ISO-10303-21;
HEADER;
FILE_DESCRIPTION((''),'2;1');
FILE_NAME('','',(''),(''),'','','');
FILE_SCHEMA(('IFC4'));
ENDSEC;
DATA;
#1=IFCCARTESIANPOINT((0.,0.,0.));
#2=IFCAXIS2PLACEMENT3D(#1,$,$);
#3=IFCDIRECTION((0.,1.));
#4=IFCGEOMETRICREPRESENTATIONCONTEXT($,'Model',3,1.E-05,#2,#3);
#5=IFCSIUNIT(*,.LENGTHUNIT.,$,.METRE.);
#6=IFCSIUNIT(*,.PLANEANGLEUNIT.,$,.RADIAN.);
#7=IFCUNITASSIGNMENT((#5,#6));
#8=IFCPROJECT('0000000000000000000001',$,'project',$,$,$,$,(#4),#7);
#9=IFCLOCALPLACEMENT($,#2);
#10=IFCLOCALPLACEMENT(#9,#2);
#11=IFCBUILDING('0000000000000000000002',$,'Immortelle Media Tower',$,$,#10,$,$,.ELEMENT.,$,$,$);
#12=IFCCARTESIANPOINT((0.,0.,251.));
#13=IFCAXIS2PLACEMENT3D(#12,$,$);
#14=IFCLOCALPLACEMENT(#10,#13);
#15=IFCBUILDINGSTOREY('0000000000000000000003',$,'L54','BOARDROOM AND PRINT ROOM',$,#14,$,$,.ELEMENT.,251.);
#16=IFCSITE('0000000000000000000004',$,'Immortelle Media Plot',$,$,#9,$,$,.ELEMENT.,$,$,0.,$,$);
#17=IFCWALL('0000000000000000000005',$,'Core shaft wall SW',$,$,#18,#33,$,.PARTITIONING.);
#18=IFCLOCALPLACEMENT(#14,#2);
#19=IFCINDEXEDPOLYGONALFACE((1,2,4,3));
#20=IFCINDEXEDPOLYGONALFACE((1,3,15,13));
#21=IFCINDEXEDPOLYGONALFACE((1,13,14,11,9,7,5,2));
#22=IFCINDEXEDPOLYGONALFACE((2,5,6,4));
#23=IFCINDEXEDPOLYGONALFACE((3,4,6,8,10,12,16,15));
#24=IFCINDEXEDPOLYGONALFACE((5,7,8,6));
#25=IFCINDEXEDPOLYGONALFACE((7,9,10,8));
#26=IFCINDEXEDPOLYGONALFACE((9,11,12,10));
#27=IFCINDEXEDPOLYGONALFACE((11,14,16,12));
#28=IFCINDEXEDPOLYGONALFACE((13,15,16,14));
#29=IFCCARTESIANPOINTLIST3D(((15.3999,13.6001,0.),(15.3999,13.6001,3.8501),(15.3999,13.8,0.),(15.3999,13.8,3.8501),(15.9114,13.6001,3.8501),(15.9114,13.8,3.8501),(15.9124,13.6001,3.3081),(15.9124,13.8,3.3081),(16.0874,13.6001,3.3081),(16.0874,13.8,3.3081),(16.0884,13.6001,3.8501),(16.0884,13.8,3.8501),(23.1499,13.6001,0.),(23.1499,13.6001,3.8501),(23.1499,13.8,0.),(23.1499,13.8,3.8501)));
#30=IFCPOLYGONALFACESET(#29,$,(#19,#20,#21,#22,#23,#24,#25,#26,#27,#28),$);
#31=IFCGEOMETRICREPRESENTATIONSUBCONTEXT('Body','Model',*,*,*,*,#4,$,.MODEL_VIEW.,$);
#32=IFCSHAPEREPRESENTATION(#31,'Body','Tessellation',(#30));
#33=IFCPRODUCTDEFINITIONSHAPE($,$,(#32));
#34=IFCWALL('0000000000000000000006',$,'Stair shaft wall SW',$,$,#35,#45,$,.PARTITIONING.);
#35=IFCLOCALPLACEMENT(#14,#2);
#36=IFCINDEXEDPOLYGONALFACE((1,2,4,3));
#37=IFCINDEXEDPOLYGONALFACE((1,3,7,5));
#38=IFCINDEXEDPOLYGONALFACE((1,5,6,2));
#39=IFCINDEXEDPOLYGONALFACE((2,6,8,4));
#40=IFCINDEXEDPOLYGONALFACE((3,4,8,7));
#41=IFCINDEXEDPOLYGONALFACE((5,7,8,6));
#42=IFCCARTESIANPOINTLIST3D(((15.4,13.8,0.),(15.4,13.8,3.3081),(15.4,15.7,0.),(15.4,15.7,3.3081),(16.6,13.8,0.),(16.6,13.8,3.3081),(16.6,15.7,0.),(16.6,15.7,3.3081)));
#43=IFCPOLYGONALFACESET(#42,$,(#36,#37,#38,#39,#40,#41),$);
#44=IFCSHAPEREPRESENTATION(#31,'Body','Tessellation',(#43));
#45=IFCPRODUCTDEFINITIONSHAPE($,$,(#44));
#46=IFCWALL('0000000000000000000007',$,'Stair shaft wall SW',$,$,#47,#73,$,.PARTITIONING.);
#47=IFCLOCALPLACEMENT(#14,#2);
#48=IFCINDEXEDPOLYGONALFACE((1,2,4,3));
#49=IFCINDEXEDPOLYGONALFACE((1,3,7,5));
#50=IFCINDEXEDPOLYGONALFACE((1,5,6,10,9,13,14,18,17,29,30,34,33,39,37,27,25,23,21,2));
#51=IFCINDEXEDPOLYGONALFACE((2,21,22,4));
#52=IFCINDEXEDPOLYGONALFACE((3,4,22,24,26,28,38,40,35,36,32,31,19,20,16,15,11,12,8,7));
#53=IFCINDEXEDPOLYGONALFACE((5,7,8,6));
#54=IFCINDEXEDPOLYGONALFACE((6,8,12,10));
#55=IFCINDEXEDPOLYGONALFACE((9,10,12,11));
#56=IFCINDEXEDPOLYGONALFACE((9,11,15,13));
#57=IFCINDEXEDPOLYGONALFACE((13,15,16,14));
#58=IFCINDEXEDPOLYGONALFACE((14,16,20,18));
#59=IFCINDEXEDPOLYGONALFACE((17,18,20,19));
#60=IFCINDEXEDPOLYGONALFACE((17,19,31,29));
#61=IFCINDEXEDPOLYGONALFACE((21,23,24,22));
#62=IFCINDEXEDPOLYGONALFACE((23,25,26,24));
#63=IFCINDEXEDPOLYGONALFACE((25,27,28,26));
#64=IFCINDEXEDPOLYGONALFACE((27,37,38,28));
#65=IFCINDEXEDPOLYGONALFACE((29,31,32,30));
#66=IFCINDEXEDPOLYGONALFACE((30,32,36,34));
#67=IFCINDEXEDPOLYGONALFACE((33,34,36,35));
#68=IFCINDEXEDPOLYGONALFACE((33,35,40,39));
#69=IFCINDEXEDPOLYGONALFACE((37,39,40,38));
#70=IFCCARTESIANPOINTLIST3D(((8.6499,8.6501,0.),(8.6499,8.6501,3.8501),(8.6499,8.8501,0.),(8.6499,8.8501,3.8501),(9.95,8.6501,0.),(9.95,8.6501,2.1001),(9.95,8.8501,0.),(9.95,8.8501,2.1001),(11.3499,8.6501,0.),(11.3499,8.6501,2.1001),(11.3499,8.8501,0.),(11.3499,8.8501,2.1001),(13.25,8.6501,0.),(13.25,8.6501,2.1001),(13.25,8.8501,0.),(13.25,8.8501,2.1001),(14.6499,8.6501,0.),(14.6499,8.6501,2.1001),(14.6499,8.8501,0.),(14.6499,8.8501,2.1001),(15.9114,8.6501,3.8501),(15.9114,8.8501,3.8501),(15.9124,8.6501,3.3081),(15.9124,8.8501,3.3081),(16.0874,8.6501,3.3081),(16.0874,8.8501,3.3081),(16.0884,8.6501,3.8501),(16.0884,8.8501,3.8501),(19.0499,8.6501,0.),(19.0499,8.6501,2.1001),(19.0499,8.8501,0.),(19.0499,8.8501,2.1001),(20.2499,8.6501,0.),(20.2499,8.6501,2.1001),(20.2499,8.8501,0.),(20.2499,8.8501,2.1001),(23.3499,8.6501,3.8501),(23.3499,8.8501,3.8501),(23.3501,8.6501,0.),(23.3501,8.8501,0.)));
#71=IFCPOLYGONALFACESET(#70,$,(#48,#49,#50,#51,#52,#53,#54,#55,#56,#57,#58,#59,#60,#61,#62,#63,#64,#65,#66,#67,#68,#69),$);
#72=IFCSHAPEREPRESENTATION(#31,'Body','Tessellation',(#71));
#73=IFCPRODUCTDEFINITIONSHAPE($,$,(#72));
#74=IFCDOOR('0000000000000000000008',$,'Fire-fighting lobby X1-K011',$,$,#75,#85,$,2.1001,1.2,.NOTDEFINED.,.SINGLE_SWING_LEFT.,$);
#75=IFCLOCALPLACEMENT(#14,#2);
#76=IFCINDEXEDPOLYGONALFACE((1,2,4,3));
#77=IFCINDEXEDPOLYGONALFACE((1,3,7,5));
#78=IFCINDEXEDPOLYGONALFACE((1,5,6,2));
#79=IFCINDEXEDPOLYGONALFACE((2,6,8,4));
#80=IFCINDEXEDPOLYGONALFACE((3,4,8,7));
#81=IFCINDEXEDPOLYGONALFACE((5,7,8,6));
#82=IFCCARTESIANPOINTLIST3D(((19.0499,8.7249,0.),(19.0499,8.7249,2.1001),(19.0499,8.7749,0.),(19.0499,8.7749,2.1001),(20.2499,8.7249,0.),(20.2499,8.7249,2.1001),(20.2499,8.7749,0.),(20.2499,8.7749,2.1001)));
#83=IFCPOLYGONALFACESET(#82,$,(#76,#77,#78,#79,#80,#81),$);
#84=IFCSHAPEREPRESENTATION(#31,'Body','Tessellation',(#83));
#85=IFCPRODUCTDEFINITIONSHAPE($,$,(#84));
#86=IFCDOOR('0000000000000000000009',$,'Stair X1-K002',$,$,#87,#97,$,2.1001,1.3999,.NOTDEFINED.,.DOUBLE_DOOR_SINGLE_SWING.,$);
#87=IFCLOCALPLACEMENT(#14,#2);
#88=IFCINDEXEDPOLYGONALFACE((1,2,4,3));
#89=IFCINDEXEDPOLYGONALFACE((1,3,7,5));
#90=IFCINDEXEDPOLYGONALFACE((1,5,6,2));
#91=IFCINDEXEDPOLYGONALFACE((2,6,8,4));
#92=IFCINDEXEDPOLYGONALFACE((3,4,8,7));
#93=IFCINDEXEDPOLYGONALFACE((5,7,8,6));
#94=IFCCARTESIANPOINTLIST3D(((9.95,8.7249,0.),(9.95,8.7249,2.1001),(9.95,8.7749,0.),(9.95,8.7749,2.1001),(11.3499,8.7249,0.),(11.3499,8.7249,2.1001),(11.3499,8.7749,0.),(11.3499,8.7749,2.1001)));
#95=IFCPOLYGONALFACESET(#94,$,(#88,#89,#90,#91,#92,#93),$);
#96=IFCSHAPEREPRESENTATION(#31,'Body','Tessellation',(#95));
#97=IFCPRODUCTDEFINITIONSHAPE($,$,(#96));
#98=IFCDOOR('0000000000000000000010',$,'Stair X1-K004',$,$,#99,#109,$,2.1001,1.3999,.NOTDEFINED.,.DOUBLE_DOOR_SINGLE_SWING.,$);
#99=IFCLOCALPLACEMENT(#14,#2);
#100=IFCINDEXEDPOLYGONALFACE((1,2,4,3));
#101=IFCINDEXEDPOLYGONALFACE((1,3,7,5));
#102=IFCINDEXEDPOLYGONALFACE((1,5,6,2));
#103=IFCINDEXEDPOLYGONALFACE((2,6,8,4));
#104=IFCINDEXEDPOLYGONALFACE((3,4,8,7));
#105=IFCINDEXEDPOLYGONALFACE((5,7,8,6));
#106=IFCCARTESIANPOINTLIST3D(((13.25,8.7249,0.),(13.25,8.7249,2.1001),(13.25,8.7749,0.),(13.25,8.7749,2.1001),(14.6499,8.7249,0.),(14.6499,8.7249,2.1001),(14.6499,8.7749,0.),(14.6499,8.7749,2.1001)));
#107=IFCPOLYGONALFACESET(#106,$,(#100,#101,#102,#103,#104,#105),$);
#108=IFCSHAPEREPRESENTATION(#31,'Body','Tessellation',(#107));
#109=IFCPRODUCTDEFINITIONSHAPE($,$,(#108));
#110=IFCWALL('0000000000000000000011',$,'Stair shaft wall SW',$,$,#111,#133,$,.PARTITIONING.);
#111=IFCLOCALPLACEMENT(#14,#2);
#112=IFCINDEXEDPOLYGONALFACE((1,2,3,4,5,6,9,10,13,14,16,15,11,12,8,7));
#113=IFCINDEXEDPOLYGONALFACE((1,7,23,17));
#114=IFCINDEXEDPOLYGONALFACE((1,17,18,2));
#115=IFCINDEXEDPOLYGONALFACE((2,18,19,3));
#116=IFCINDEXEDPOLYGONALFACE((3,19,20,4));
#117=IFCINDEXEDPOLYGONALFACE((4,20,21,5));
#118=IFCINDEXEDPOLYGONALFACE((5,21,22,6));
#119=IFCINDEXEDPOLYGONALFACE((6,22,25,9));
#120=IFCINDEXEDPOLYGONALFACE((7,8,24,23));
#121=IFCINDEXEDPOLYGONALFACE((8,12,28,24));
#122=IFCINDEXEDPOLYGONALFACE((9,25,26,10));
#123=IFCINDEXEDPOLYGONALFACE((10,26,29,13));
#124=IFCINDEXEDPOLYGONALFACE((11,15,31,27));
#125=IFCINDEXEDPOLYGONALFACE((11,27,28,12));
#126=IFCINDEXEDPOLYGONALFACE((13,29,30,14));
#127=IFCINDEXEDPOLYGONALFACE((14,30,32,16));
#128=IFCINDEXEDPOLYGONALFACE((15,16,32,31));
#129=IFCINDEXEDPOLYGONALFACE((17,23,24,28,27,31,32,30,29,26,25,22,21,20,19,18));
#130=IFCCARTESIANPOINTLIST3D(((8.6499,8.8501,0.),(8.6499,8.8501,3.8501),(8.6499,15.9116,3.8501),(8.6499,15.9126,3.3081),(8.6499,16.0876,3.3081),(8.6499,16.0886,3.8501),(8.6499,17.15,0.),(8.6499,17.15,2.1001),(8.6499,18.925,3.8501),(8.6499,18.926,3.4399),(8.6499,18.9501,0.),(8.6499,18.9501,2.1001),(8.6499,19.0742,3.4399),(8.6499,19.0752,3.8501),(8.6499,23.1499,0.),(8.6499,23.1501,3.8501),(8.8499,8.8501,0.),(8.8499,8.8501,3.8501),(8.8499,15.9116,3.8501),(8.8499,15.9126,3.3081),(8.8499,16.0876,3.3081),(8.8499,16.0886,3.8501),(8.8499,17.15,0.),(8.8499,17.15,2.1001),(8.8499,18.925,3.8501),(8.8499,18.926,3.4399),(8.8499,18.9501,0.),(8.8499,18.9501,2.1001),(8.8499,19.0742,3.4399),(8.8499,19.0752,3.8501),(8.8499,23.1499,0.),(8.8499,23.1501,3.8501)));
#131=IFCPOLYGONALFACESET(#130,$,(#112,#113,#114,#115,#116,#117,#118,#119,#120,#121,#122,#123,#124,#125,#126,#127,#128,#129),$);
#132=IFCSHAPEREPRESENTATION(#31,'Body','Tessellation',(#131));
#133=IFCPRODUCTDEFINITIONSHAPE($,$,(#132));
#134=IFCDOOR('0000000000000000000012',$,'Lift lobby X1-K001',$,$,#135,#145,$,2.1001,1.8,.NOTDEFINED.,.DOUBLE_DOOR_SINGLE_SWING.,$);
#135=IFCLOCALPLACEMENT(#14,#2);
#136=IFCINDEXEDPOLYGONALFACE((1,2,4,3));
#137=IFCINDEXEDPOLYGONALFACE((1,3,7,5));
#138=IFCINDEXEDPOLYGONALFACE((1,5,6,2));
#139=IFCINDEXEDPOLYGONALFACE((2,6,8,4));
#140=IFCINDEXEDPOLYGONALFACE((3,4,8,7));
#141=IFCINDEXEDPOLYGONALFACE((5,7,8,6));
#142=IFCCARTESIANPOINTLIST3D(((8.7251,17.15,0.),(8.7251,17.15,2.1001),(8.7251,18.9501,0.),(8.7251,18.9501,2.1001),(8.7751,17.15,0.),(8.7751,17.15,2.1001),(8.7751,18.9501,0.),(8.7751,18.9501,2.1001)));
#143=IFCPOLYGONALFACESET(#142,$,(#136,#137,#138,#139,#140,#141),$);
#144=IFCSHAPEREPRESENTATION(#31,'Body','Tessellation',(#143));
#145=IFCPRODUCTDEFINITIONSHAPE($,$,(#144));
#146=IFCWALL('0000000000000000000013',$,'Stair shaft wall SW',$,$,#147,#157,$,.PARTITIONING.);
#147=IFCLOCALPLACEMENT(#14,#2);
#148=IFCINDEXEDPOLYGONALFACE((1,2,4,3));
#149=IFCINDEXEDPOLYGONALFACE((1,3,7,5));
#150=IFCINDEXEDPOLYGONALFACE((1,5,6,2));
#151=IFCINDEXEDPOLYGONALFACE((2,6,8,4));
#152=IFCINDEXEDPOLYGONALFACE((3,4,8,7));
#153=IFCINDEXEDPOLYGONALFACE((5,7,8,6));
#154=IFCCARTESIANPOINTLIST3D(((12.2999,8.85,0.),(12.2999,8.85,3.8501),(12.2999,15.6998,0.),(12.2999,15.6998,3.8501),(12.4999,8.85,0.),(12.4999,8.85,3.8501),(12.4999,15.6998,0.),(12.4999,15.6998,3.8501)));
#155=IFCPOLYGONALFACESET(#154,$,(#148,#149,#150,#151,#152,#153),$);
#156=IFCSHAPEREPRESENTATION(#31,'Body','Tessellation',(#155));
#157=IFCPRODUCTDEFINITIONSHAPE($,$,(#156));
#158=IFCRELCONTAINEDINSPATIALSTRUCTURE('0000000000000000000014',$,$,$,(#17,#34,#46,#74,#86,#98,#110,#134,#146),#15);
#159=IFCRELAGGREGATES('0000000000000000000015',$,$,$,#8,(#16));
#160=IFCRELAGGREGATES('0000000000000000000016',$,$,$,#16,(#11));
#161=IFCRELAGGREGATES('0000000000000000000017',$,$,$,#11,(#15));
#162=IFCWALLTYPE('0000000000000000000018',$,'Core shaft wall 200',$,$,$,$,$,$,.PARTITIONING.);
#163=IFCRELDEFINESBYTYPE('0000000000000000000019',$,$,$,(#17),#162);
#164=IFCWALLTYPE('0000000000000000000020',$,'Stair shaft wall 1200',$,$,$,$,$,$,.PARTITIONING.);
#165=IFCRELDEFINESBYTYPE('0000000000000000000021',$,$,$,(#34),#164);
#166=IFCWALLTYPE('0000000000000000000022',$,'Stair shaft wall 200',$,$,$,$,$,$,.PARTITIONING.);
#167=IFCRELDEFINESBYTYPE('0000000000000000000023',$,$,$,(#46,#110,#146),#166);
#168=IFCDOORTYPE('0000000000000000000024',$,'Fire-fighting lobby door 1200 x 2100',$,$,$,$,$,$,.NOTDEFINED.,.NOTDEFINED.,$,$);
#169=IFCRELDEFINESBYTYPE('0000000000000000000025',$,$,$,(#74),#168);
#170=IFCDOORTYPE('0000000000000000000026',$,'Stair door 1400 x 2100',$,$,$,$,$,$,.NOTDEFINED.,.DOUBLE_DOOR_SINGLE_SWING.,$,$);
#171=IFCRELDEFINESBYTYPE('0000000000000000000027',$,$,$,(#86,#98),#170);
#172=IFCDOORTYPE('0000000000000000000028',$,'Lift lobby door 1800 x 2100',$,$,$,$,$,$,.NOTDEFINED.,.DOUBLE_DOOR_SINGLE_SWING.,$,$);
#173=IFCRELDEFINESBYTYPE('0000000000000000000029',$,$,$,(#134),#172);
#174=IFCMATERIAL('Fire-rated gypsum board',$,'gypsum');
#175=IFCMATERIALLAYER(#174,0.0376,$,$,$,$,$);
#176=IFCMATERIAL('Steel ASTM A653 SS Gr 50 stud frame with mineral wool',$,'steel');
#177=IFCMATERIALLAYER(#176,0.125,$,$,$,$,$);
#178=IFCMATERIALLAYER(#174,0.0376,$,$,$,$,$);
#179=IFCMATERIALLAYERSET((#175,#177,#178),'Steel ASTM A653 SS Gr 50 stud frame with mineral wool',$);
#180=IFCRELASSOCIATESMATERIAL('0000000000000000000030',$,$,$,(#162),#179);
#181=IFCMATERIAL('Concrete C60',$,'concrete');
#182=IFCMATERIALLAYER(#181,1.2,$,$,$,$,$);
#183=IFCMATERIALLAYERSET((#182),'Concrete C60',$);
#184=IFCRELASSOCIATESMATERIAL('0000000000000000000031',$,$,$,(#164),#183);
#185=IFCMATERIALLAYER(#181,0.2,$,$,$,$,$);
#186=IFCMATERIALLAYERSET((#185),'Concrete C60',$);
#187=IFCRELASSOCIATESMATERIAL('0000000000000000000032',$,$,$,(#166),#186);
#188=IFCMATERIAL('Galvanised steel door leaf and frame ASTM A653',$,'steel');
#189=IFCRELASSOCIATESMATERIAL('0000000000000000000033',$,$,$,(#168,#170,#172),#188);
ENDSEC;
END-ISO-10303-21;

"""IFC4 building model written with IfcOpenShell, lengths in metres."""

from ifc_helpers import new_model, si_unit, direction, frame, frame_2d, origin, place, context, subcontext, project, spatial, polyline, rectangle, outline, extrude, material, layer, layer_set, type_object, element, fill, save


model = new_model("IFC4")

# Units and contexts
model_context = context("Model", 3, precision=1e-05, world=origin(), true_north=direction((0.0, 1.0)))
body_context = subcontext(model_context, "Body", "Model", "MODEL_VIEW")
ifc_project = project(units=[si_unit("LENGTHUNIT", "METRE"), si_unit("PLANEANGLEUNIT", "RADIAN")], contexts=[model_context])

# Site, building, storey
site_placement = place(None, origin())
site = spatial("IfcSite", under=ifc_project, at=site_placement, Name="Immortelle Media Plot", CompositionType="ELEMENT", RefElevation=0.0)
building_placement = place(site_placement, origin())
building = spatial("IfcBuilding", under=site, at=building_placement, Name="Immortelle Media Tower", CompositionType="ELEMENT")
storey_placement = place(building_placement, frame((0.0, 0.0, 251.0)))
storey = spatial("IfcBuildingStorey", under=building, at=storey_placement, Name="L54", Description="BOARDROOM AND PRINT ROOM", CompositionType="ELEMENT", Elevation=251.0)

# Shared definitions
ifc_material_1 = material(Name="Fire-rated gypsum board", Category="gypsum")
ifc_layer_1 = layer(ifc_material_1, 0.0376)
ifc_material_2 = material(Name="Steel ASTM A653 SS Gr 50 stud frame with mineral wool", Category="steel")
ifc_layer_2 = layer(ifc_material_2, 0.125)
ifc_layer_3 = layer(ifc_material_1, 0.0376)
ifc_layer_set_1 = layer_set([ifc_layer_1, ifc_layer_2, ifc_layer_3], Name="Steel ASTM A653 SS Gr 50 stud frame with mineral wool")
wall_type_1 = type_object("IfcWallType", Name="Core shaft wall 200", PredefinedType="PARTITIONING", material=ifc_layer_set_1)

# Walls
wall_1_placement = place(storey_placement, frame((15.3999, 13.7, 0.0), z_axis=(0.0, 0.0, 1.0), x_axis=(1.0, 0.0, 0.0)))
element("IfcWall", 1, at=wall_1_placement, inside=storey, type_object=wall_type_1, Name="Core shaft wall SW", PredefinedType="PARTITIONING", context=body_context, shape_type="SweptSolid", body=[
    extrude(outline(polyline([(0.0, 0.0), (7.75, 0.0), (7.75, 3.8501), (0.6885, 3.8501), (0.6875, 3.3081), (0.5125, 3.3081), (0.5115, 3.8501), (0.0, 3.8501), (0.0, 0.0)])), frame((0.0, 0.1001, 0.0), z_axis=(0.0, -1.0, 0.0), x_axis=(1.0, 0.0, 0.0)), (0.0, 0.0, 1.0), 0.2),
])
ifc_material_3 = material(Name="Concrete C60", Category="concrete")
ifc_layer_4 = layer(ifc_material_3, 1.2)
ifc_layer_set_2 = layer_set([ifc_layer_4], Name="Concrete C60")
wall_type_2 = type_object("IfcWallType", Name="Stair shaft wall 1200", PredefinedType="PARTITIONING", material=ifc_layer_set_2)
wall_2_placement = place(storey_placement, frame((16.0, 13.8, 0.0), z_axis=(0.0, 0.0, 1.0), x_axis=(0.0, 1.0, 0.0)))
element("IfcWall", 2, at=wall_2_placement, inside=storey, type_object=wall_type_2, Name="Stair shaft wall SW", PredefinedType="PARTITIONING", context=body_context, shape_type="SweptSolid", body=[
    extrude(rectangle(XDim=1.8999, YDim=1.2, at=frame_2d((0.95, 0.0))), origin(), (0.0, 0.0, 1.0), 3.3081),
])

# Wall, openings, doors
ifc_layer_5 = layer(ifc_material_3, 0.2)
ifc_layer_set_3 = layer_set([ifc_layer_5], Name="Concrete C60")
wall_type_3 = type_object("IfcWallType", Name="Stair shaft wall 200", PredefinedType="PARTITIONING", material=ifc_layer_set_3)
wall_3_placement = place(storey_placement, frame((8.6499, 8.75, 0.0), z_axis=(0.0, 0.0, 1.0), x_axis=(1.0, 0.0, 0.0)))
wall_3 = element("IfcWall", 3, at=wall_3_placement, inside=storey, type_object=wall_type_3, Name="Stair shaft wall SW", PredefinedType="PARTITIONING", context=body_context, shape_type="SweptSolid", body=[
    extrude(outline(polyline([(0.0, 0.0), (14.7002, 0.0), (14.7, 3.8501), (7.4385, 3.8501), (7.4375, 3.3081), (7.2625, 3.3081), (7.2615, 3.8501), (0.0, 3.8501), (0.0, 0.0)])), frame((0.0, 0.1001, 0.0), z_axis=(0.0, -1.0, 0.0), x_axis=(1.0, 0.0, 0.0)), (0.0, 0.0, 1.0), 0.2),
])
opening_1_placement = place(wall_3_placement, frame((1.3, 0.0, 0.0)))
opening_1 = element("IfcOpeningElement", 4, at=opening_1_placement, cuts=wall_3, PredefinedType="OPENING", context=body_context, shape_type="SweptSolid", body=[
    extrude(rectangle(XDim=1.3999, YDim=2.1001, at=frame_2d((0.7, 1.05))), frame((0.0, 0.1099, 0.0), z_axis=(0.0, -1.0, 0.0), x_axis=(1.0, 0.0, 0.0)), (0.0, 0.0, 1.0), 0.22),
])
opening_2_placement = place(wall_3_placement, frame((4.6001, 0.0, 0.0)))
opening_2 = element("IfcOpeningElement", 5, at=opening_2_placement, cuts=wall_3, PredefinedType="OPENING", context=body_context, shape_type="SweptSolid", body=[
    extrude(rectangle(XDim=1.3999, YDim=2.1001, at=frame_2d((0.7, 1.05))), frame((0.0, 0.1099, 0.0), z_axis=(0.0, -1.0, 0.0), x_axis=(1.0, 0.0, 0.0)), (0.0, 0.0, 1.0), 0.22),
])
opening_3_placement = place(wall_3_placement, frame((10.3999, 0.0, 0.0)))
opening_3 = element("IfcOpeningElement", 6, at=opening_3_placement, cuts=wall_3, PredefinedType="OPENING", context=body_context, shape_type="SweptSolid", body=[
    extrude(rectangle(XDim=1.2, YDim=2.1001, at=frame_2d((0.6001, 1.05))), frame((0.0, 0.1099, 0.0), z_axis=(0.0, -1.0, 0.0), x_axis=(1.0, 0.0, 0.0)), (0.0, 0.0, 1.0), 0.22),
])
ifc_material_4 = material(Name="Galvanised steel door leaf and frame ASTM A653", Category="steel")
door_type_1 = type_object("IfcDoorType", Name="Fire-fighting lobby door 1200 x 2100", OperationType="NOTDEFINED", PredefinedType="NOTDEFINED", material=ifc_material_4)
door_1_placement = place(opening_3_placement, origin())
door_1 = element("IfcDoor", 7, at=door_1_placement, inside=storey, type_object=door_type_1, Name="Fire-fighting lobby X1-K011", OperationType="SINGLE_SWING_LEFT", OverallHeight=2.1001, OverallWidth=1.2, PredefinedType="NOTDEFINED", context=body_context, shape_type="SweptSolid", body=[
    extrude(rectangle(XDim=1.2, YDim=2.1001, at=frame_2d((0.6001, 1.05))), frame((0.0, 0.0249, 0.0), z_axis=(0.0, -1.0, 0.0), x_axis=(1.0, 0.0, 0.0)), (0.0, 0.0, 1.0), 0.05),
])
fill(opening_3, door_1)
door_type_2 = type_object("IfcDoorType", Name="Stair door 1400 x 2100", OperationType="DOUBLE_DOOR_SINGLE_SWING", PredefinedType="NOTDEFINED", material=ifc_material_4)
door_2_placement = place(opening_1_placement, origin())
door_2 = element("IfcDoor", 8, at=door_2_placement, inside=storey, type_object=door_type_2, Name="Stair X1-K002", OperationType="DOUBLE_DOOR_SINGLE_SWING", OverallHeight=2.1001, OverallWidth=1.3999, PredefinedType="NOTDEFINED", context=body_context, shape_type="SweptSolid", body=[
    extrude(rectangle(XDim=1.3999, YDim=2.1001, at=frame_2d((0.7, 1.05))), frame((0.0, 0.0249, 0.0), z_axis=(0.0, -1.0, 0.0), x_axis=(1.0, 0.0, 0.0)), (0.0, 0.0, 1.0), 0.05),
])
fill(opening_1, door_2)
door_3_placement = place(opening_2_placement, origin())
door_3 = element("IfcDoor", 9, at=door_3_placement, inside=storey, type_object=door_type_2, Name="Stair X1-K004", OperationType="DOUBLE_DOOR_SINGLE_SWING", OverallHeight=2.1001, OverallWidth=1.3999, PredefinedType="NOTDEFINED", context=body_context, shape_type="SweptSolid", body=[
    extrude(rectangle(XDim=1.3999, YDim=2.1001, at=frame_2d((0.7, 1.05))), frame((0.0, 0.0249, 0.0), z_axis=(0.0, -1.0, 0.0), x_axis=(1.0, 0.0, 0.0)), (0.0, 0.0, 1.0), 0.05),
])
fill(opening_2, door_3)

# Wall, opening, door
wall_4_placement = place(storey_placement, frame((8.75, 8.8501, 0.0), z_axis=(0.0, 0.0, 1.0), x_axis=(0.0, 1.0, 0.0)))
wall_4 = element("IfcWall", 10, at=wall_4_placement, inside=storey, type_object=wall_type_3, Name="Stair shaft wall SW", PredefinedType="PARTITIONING", context=body_context, shape_type="SweptSolid", body=[
    extrude(outline(polyline([(0.0, 0.0), (14.2998, 0.0), (14.3, 3.8501), (10.2251, 3.8501), (10.2241, 3.4399), (10.0759, 3.4399), (10.075, 3.8501), (7.2385, 3.8501), (7.2375, 3.3081), (7.0625, 3.3081), (7.0615, 3.8501), (0.0, 3.8501), (0.0, 0.0)])), frame((0.0, 0.1001, 0.0), z_axis=(0.0, -1.0, 0.0), x_axis=(1.0, 0.0, 0.0)), (0.0, 0.0, 1.0), 0.2),
])
opening_4_placement = place(wall_4_placement, frame((8.3, 0.0, 0.0)))
opening_4 = element("IfcOpeningElement", 11, at=opening_4_placement, cuts=wall_4, PredefinedType="OPENING", context=body_context, shape_type="SweptSolid", body=[
    extrude(rectangle(XDim=1.8, YDim=2.1001, at=frame_2d((0.8999, 1.05))), frame((0.0, 0.1099, 0.0), z_axis=(0.0, -1.0, 0.0), x_axis=(1.0, 0.0, 0.0)), (0.0, 0.0, 1.0), 0.22),
])
door_type_3 = type_object("IfcDoorType", Name="Lift lobby door 1800 x 2100", OperationType="DOUBLE_DOOR_SINGLE_SWING", PredefinedType="NOTDEFINED", material=ifc_material_4)
door_4_placement = place(opening_4_placement, origin())
door_4 = element("IfcDoor", 12, at=door_4_placement, inside=storey, type_object=door_type_3, Name="Lift lobby X1-K001", OperationType="DOUBLE_DOOR_SINGLE_SWING", OverallHeight=2.1001, OverallWidth=1.8, PredefinedType="NOTDEFINED", context=body_context, shape_type="SweptSolid", body=[
    extrude(rectangle(XDim=1.8, YDim=2.1001, at=frame_2d((0.8999, 1.05))), frame((0.0, 0.0249, 0.0), z_axis=(0.0, -1.0, 0.0), x_axis=(1.0, 0.0, 0.0)), (0.0, 0.0, 1.0), 0.05),
])
fill(opening_4, door_4)

# Wall
wall_5_placement = place(storey_placement, frame((12.3999, 8.8501, 0.0), z_axis=(0.0, 0.0, 1.0), x_axis=(0.0, 1.0, 0.0)))
element("IfcWall", 13, at=wall_5_placement, inside=storey, type_object=wall_type_3, Name="Stair shaft wall SW", PredefinedType="PARTITIONING", context=body_context, shape_type="SweptSolid", body=[
    extrude(rectangle(XDim=6.8499, YDim=0.2, at=frame_2d((3.4248, 0.0))), origin(), (0.0, 0.0, 1.0), 3.8501),
])

save(model, "model.ifc")
